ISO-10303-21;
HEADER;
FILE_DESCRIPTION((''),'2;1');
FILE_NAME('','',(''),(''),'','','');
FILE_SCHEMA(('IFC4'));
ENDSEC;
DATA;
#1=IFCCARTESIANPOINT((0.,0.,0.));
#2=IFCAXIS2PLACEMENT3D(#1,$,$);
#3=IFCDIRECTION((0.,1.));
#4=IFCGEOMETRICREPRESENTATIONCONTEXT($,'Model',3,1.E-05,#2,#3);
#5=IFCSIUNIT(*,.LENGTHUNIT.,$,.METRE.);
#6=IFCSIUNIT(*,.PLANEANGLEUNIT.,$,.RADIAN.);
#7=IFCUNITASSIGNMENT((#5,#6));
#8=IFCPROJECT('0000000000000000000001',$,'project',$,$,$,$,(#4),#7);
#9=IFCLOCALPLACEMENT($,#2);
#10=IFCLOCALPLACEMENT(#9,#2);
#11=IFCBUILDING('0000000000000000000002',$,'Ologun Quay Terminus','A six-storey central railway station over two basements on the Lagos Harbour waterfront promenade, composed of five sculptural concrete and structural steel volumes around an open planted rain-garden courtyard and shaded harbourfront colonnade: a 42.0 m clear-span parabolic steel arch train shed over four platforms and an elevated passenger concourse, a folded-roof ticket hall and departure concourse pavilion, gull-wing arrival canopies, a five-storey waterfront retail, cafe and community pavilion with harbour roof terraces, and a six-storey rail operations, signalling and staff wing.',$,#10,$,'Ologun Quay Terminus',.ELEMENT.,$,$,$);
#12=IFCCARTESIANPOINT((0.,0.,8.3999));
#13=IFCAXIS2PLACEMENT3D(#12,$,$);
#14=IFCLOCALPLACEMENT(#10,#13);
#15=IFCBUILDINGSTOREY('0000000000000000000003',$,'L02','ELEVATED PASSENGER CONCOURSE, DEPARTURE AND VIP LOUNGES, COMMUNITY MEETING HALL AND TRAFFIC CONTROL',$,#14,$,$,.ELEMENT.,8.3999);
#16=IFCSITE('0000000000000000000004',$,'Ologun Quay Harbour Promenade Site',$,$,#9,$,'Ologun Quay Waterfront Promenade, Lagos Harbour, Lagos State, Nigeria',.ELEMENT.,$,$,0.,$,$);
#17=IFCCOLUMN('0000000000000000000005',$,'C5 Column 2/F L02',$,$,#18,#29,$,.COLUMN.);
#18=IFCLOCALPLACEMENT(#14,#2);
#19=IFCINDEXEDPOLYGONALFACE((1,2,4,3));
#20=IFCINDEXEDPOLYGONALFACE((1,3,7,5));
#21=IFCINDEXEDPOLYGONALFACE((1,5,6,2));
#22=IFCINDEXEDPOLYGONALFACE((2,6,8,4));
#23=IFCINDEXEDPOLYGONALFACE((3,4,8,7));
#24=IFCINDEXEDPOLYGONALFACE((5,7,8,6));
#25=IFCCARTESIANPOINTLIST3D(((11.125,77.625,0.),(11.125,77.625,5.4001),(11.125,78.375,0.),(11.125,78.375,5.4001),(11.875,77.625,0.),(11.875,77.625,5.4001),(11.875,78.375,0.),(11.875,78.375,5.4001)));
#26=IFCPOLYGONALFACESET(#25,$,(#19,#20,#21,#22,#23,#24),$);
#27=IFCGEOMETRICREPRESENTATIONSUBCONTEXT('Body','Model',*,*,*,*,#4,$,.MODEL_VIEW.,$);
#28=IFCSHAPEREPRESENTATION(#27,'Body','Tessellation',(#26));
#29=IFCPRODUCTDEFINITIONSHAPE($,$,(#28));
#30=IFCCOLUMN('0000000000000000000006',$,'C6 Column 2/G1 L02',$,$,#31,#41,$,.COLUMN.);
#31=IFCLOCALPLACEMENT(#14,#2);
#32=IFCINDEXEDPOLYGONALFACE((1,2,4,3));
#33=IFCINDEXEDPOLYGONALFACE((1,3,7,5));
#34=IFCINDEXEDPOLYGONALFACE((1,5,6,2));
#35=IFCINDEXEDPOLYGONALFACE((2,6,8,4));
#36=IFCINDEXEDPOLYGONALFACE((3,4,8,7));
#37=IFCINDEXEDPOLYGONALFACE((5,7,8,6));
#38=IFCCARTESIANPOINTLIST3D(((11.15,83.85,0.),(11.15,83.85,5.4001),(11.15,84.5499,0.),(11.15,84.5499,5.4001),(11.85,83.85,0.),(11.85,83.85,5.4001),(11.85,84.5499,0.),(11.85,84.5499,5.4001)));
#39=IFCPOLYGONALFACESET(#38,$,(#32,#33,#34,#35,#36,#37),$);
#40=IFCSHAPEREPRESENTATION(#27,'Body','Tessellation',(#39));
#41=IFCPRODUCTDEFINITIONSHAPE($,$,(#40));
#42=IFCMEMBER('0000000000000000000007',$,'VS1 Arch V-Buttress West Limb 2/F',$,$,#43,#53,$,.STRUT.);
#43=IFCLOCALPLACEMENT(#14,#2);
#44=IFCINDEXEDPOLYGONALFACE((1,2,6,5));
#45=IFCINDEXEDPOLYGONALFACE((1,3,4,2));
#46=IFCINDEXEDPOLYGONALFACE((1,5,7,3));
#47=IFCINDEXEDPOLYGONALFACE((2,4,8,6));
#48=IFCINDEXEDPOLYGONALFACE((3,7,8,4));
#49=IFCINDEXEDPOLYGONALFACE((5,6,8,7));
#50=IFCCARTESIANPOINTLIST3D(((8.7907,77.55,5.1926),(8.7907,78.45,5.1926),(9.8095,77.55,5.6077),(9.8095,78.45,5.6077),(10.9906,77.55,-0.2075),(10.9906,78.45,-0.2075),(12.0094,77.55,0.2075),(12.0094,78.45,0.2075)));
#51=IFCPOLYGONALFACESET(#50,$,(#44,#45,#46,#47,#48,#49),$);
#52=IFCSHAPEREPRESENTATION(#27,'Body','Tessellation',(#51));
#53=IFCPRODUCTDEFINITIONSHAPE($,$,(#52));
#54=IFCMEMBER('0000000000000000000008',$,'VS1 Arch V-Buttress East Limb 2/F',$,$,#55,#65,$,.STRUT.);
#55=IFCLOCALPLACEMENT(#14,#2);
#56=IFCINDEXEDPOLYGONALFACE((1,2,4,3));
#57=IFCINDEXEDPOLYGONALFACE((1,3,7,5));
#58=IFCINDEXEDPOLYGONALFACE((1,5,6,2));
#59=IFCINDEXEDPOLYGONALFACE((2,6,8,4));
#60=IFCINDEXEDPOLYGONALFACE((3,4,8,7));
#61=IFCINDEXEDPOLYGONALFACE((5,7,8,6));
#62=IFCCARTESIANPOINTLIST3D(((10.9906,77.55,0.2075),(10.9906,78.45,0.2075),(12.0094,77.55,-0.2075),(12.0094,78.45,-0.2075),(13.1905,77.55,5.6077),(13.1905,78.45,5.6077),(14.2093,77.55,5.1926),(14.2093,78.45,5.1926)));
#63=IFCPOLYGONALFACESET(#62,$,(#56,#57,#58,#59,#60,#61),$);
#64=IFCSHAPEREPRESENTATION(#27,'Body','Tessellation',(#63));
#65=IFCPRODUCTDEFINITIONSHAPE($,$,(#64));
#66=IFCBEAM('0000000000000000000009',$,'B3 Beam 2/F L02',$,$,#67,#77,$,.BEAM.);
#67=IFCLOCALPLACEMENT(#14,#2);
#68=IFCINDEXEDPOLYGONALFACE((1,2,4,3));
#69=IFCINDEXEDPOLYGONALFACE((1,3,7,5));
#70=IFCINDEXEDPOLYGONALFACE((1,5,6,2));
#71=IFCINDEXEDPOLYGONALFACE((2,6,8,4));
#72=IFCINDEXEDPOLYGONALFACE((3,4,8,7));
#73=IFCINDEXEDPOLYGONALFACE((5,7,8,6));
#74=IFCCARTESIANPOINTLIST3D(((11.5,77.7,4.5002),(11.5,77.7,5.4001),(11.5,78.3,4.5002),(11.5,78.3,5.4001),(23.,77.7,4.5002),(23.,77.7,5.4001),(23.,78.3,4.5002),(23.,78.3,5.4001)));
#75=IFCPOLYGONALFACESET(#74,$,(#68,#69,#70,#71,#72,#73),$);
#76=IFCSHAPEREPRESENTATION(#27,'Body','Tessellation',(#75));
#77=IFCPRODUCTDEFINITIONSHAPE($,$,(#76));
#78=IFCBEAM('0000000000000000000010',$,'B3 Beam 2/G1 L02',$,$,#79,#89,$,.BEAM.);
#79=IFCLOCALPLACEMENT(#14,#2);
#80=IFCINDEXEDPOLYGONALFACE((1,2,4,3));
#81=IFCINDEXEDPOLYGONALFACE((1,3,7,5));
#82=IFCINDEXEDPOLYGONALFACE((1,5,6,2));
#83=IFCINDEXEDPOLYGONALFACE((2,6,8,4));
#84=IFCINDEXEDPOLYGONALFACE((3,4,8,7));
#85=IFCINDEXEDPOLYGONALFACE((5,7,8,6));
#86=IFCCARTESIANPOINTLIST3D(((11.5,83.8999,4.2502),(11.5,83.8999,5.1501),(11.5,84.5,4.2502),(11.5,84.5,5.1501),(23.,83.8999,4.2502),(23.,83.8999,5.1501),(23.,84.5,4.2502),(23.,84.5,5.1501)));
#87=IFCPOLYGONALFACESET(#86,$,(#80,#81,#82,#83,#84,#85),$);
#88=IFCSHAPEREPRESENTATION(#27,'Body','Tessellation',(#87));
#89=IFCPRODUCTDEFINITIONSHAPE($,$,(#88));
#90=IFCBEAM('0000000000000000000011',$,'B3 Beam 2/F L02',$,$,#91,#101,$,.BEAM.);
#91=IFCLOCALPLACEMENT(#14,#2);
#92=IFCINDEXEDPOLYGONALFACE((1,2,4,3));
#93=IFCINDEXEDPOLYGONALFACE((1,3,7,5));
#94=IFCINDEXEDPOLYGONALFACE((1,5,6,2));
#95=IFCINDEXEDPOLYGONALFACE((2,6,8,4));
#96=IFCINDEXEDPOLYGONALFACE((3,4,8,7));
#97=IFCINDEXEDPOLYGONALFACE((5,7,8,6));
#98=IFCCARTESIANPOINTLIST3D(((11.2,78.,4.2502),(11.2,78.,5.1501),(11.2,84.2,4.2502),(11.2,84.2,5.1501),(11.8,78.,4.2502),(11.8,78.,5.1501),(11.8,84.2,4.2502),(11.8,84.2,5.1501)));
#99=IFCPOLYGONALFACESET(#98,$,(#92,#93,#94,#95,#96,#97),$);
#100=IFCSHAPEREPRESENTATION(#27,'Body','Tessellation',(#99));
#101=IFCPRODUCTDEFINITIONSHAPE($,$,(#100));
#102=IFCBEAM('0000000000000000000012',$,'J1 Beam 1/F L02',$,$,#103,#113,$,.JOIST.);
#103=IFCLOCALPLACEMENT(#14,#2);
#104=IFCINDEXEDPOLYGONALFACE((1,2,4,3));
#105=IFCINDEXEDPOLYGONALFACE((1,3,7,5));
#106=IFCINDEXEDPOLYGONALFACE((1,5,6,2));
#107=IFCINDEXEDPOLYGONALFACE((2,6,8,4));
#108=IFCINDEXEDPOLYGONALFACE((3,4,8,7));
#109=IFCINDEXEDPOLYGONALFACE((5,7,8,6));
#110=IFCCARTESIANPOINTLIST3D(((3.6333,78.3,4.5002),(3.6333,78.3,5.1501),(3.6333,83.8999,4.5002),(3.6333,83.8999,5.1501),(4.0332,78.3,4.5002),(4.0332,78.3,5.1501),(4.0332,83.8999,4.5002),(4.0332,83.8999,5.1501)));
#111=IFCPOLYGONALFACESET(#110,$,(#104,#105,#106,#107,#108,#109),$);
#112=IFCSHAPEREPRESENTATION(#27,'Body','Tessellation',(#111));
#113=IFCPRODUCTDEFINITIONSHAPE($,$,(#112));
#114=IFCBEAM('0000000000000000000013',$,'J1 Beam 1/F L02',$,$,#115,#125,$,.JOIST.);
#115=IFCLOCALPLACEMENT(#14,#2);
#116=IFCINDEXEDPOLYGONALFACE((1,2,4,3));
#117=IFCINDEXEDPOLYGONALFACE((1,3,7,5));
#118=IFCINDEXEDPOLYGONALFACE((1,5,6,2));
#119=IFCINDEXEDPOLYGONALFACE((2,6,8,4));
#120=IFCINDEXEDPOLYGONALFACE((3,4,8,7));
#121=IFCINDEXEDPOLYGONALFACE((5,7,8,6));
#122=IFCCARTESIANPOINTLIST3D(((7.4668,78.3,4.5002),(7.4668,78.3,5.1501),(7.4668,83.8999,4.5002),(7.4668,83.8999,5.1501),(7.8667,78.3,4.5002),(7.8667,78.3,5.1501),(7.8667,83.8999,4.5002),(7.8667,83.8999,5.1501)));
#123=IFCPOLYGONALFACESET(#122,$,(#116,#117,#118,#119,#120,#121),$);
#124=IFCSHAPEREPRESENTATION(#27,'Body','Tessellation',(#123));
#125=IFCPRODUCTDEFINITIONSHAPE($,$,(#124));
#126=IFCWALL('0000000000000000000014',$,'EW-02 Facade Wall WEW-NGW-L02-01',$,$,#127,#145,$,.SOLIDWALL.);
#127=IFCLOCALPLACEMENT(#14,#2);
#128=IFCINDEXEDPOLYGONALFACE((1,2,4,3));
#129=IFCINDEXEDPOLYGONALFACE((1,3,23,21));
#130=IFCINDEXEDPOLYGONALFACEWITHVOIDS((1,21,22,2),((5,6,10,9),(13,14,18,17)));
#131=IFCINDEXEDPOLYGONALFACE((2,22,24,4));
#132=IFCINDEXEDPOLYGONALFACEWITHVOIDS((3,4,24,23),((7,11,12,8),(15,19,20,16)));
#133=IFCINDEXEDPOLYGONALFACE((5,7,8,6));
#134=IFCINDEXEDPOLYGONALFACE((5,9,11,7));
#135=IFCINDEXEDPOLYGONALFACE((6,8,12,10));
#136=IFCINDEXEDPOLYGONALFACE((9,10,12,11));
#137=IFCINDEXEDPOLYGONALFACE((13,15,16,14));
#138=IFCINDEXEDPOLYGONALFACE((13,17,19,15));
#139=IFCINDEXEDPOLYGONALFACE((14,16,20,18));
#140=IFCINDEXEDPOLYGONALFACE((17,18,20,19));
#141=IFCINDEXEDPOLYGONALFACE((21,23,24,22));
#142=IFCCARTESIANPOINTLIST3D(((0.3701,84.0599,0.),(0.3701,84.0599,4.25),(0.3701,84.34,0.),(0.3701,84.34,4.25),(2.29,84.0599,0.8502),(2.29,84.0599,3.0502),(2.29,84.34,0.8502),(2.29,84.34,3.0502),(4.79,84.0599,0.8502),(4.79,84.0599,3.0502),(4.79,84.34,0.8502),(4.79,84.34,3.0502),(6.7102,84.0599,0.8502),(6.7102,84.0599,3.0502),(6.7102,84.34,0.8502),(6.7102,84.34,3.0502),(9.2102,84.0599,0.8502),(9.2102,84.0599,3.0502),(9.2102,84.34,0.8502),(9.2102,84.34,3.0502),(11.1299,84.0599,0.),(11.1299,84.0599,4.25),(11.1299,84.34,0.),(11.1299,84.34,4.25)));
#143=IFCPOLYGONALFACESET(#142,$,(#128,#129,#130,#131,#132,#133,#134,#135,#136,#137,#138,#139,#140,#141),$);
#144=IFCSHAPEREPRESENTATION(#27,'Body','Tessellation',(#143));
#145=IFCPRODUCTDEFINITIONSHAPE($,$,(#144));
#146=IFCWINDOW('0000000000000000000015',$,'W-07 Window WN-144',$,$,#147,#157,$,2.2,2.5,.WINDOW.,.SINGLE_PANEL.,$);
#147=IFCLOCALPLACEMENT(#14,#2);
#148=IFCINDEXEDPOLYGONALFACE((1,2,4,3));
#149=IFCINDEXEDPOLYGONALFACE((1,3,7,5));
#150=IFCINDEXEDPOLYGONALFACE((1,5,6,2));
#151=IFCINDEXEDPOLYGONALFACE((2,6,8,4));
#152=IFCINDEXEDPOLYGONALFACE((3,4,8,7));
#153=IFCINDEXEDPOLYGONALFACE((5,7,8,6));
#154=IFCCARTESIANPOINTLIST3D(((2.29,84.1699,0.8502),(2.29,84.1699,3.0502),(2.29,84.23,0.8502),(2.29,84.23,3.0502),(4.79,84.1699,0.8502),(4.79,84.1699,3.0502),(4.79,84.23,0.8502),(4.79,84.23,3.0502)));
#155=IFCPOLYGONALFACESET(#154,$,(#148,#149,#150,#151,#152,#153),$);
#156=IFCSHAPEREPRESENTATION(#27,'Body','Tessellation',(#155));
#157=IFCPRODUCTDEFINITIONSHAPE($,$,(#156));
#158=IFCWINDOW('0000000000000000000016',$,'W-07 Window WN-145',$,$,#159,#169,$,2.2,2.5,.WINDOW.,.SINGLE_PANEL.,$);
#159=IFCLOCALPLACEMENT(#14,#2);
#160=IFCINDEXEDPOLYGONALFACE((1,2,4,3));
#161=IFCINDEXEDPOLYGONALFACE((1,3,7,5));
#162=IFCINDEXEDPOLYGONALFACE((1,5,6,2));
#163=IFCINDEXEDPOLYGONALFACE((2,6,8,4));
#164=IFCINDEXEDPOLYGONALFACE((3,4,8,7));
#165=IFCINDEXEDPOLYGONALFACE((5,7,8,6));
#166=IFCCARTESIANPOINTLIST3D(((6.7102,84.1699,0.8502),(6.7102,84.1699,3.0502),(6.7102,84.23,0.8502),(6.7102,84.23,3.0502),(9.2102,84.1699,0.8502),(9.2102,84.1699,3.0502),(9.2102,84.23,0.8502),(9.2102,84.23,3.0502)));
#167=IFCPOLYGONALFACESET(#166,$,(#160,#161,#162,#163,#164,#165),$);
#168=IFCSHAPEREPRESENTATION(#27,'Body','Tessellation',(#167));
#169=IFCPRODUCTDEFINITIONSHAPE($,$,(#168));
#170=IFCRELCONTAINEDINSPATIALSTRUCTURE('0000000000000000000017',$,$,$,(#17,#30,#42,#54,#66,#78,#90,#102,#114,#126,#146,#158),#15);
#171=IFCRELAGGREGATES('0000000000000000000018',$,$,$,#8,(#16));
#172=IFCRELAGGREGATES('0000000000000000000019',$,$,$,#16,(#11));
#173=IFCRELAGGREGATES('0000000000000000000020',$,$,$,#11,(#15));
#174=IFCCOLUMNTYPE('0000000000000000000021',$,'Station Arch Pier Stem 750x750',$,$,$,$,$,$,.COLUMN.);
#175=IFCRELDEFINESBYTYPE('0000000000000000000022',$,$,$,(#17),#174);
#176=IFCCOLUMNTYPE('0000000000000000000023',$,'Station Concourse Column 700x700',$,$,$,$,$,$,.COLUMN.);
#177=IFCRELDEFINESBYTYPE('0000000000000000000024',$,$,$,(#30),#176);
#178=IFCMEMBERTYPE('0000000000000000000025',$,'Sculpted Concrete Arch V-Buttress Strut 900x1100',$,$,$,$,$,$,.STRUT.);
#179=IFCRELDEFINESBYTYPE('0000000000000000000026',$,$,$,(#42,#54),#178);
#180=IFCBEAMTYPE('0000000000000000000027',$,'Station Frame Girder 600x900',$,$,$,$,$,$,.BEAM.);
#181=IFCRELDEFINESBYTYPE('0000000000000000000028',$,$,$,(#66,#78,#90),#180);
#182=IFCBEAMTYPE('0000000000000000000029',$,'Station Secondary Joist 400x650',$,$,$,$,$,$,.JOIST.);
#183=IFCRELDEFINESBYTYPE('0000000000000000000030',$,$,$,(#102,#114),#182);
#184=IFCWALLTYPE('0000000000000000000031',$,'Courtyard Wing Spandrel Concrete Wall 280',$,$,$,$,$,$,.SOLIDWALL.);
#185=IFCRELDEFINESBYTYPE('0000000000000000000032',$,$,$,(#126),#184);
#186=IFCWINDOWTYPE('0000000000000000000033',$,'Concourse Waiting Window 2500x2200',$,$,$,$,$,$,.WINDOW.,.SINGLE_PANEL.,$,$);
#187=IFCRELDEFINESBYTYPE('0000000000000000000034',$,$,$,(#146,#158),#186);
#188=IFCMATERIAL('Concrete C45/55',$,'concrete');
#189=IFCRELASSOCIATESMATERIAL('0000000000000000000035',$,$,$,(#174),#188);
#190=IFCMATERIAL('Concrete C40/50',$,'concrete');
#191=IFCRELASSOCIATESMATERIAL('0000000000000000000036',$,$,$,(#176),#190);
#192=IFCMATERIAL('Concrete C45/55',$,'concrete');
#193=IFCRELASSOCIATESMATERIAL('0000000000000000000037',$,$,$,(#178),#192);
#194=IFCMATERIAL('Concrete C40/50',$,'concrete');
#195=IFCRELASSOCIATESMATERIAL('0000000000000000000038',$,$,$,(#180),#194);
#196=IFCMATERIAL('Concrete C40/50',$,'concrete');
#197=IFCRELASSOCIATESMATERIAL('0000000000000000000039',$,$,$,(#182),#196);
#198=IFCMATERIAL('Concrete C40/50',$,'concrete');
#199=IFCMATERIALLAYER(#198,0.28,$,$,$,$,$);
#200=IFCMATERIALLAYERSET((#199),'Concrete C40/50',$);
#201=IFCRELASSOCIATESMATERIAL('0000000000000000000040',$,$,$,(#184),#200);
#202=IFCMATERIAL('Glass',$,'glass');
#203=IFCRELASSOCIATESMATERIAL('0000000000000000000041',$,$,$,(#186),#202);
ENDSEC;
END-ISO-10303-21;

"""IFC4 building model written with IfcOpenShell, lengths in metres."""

from ifc_helpers import new_model, si_unit, direction, frame, frame_2d, origin, origin_2d, place, context, subcontext, project, spatial, rectangle, extrude, material, layer, layer_set, material_profile, profile_set, type_object, element, fill, save


model = new_model("IFC4")

# Units and contexts
model_context = context("Model", 3, precision=1e-05, world=origin(), true_north=direction((0.0, 1.0)))
body_context = subcontext(model_context, "Body", "Model", "MODEL_VIEW")
ifc_project = project(units=[si_unit("LENGTHUNIT", "METRE"), si_unit("PLANEANGLEUNIT", "RADIAN")], contexts=[model_context])

# Site, building, storey
site_placement = place(None, origin())
site = spatial("IfcSite", under=ifc_project, at=site_placement, Name="Ologun Quay Harbour Promenade Site", LongName="Ologun Quay Waterfront Promenade, Lagos Harbour, Lagos State, Nigeria", CompositionType="ELEMENT", RefElevation=0.0)
building_placement = place(site_placement, origin())
building = spatial("IfcBuilding", under=site, at=building_placement, Name="Ologun Quay Terminus", Description="A six-storey central railway station over two basements on the Lagos Harbour waterfront promenade, composed of five sculptural concrete and structural steel volumes around an open planted rain-garden courtyard and shaded harbourfront colonnade: a 42.0 m clear-span parabolic steel arch train shed over four platforms and an elevated passenger concourse, a folded-roof ticket hall and departure concourse pavilion, gull-wing arrival canopies, a five-storey waterfront retail, cafe and community pavilion with harbour roof terraces, and a six-storey rail operations, signalling and staff wing.", LongName="Ologun Quay Terminus", CompositionType="ELEMENT")
storey_placement = place(building_placement, frame((0.0, 0.0, 8.3999)))
storey = spatial("IfcBuildingStorey", under=building, at=storey_placement, Name="L02", Description="ELEVATED PASSENGER CONCOURSE, DEPARTURE AND VIP LOUNGES, COMMUNITY MEETING HALL AND TRAFFIC CONTROL", CompositionType="ELEMENT", Elevation=8.3999)

# Columns
ifc_material_1 = material(Name="Concrete C45/55", Category="concrete")
ifc_material_profile_1 = material_profile(ifc_material_1, rectangle(XDim=0.75, YDim=0.75, at=origin_2d()), Name="RC 750x750")
ifc_profile_set_1 = profile_set([ifc_material_profile_1], Name="Concrete C45/55")
column_type_1 = type_object("IfcColumnType", Name="Station Arch Pier Stem 750x750", PredefinedType="COLUMN", material=ifc_profile_set_1)
column_1_placement = place(storey_placement, frame((11.5, 78.0, 0.0), z_axis=(0.0, 0.0, 1.0), x_axis=(1.0, 0.0, 0.0)))
element("IfcColumn", 1, at=column_1_placement, inside=storey, type_object=column_type_1, Name="C5 Column 2/F L02", PredefinedType="COLUMN", context=body_context, shape_type="SweptSolid", body=[
    extrude(rectangle(XDim=0.75, YDim=0.75, at=origin_2d()), origin(), (0.0, 0.0, 1.0), 5.4001),
])
ifc_material_2 = material(Name="Concrete C40/50", Category="concrete")
ifc_material_profile_2 = material_profile(ifc_material_2, rectangle(XDim=0.7, YDim=0.7, at=origin_2d()), Name="RC 700x700")
ifc_profile_set_2 = profile_set([ifc_material_profile_2], Name="Concrete C40/50")
column_type_2 = type_object("IfcColumnType", Name="Station Concourse Column 700x700", PredefinedType="COLUMN", material=ifc_profile_set_2)
column_2_placement = place(storey_placement, frame((11.5, 84.2, 0.0), z_axis=(0.0, 0.0, 1.0), x_axis=(1.0, 0.0, 0.0)))
element("IfcColumn", 2, at=column_2_placement, inside=storey, type_object=column_type_2, Name="C6 Column 2/G1 L02", PredefinedType="COLUMN", context=body_context, shape_type="SweptSolid", body=[
    extrude(rectangle(XDim=0.7, YDim=0.7, at=origin_2d()), origin(), (0.0, 0.0, 1.0), 5.4001),
])

# Members
ifc_material_3 = material(Name="Concrete C45/55", Category="concrete")
ifc_material_profile_3 = material_profile(ifc_material_3, rectangle(XDim=0.8999, YDim=1.1001, at=origin_2d()), Name="RC 900x1100")
ifc_profile_set_3 = profile_set([ifc_material_profile_3], Name="Concrete C45/55")
member_type = type_object("IfcMemberType", Name="Sculpted Concrete Arch V-Buttress Strut 900x1100", PredefinedType="STRUT", material=ifc_profile_set_3)
for number, where, z_axis, x_axis, name in (
    (3, (11.5, 78.0, 0.0), (-0.377281, 0.0, 0.926099), (0.0, -1.0, 0.0), "VS1 Arch V-Buttress West Limb 2/F"),
    (4, (11.5, 78.0, 0.0), (0.377281, 0.0, 0.926099), (0.0, 1.0, 0.0), "VS1 Arch V-Buttress East Limb 2/F"),
):
    element("IfcMember", number, at=place(storey_placement, frame(where, z_axis=z_axis, x_axis=x_axis)), inside=storey, type_object=member_type, Name=name, PredefinedType="STRUT", context=body_context, shape_type="SweptSolid", body=[
        extrude(rectangle(XDim=0.8999, YDim=1.1001, at=origin_2d()), origin(), (0.0, 0.0, 1.0), 5.8311),
    ])

# Beams
ifc_material_4 = material(Name="Concrete C40/50", Category="concrete")
ifc_material_profile_4 = material_profile(ifc_material_4, rectangle(XDim=0.6001, YDim=0.8999, at=origin_2d()), Name="RC 600x900")
ifc_profile_set_4 = profile_set([ifc_material_profile_4], Name="Concrete C40/50")
beam_type_1 = type_object("IfcBeamType", Name="Station Frame Girder 600x900", PredefinedType="BEAM", material=ifc_profile_set_4)
for number, where, z_axis, x_axis, name in (
    (5, (11.5, 78.0, 4.9502), (1.0, 0.0, 0.0), (0.0, 1.0, 0.0), "B3 Beam 2/F L02"),
    (6, (11.5, 84.2, 4.7002), (1.0, 0.0, 0.0), (0.0, 1.0, 0.0), "B3 Beam 2/G1 L02"),
):
    element("IfcBeam", number, at=place(storey_placement, frame(where, z_axis=z_axis, x_axis=x_axis)), inside=storey, type_object=beam_type_1, Name=name, PredefinedType="BEAM", context=body_context, shape_type="SweptSolid", body=[
        extrude(rectangle(XDim=0.6001, YDim=0.8999, at=origin_2d()), origin(), (0.0, 0.0, 1.0), 11.5),
    ])
beam_placement = place(storey_placement, frame((11.5, 78.0, 4.7002), z_axis=(0.0, 1.0, 0.0), x_axis=(-1.0, 0.0, 0.0)))
element("IfcBeam", 7, at=beam_placement, inside=storey, type_object=beam_type_1, Name="B3 Beam 2/F L02", PredefinedType="BEAM", context=body_context, shape_type="SweptSolid", body=[
    extrude(rectangle(XDim=0.6001, YDim=0.8999, at=origin_2d()), origin(), (0.0, 0.0, 1.0), 6.2),
])
ifc_material_5 = material(Name="Concrete C40/50", Category="concrete")
ifc_material_profile_5 = material_profile(ifc_material_5, rectangle(XDim=0.3999, YDim=0.6499, at=origin_2d()), Name="RC 400x650")
ifc_profile_set_5 = profile_set([ifc_material_profile_5], Name="Concrete C40/50")
beam_type_2 = type_object("IfcBeamType", Name="Station Secondary Joist 400x650", PredefinedType="JOIST", material=ifc_profile_set_5)
for number, where, z_axis, x_axis, name in (
    (8, (3.8333, 78.3, 4.8252), (0.0, 1.0, 0.0), (-1.0, 0.0, 0.0), "J1 Beam 1/F L02"),
    (9, (7.6667, 78.3, 4.8252), (0.0, 1.0, 0.0), (-1.0, 0.0, 0.0), "J1 Beam 1/F L02"),
):
    element("IfcBeam", number, at=place(storey_placement, frame(where, z_axis=z_axis, x_axis=x_axis)), inside=storey, type_object=beam_type_2, Name=name, PredefinedType="JOIST", context=body_context, shape_type="SweptSolid", body=[
        extrude(rectangle(XDim=0.3999, YDim=0.6499, at=origin_2d()), origin(), (0.0, 0.0, 1.0), 5.5999),
    ])

# Wall, openings, windows
ifc_material_6 = material(Name="Concrete C40/50", Category="concrete")
ifc_layer_1 = layer(ifc_material_6, 0.28)
ifc_layer_set_1 = layer_set([ifc_layer_1], Name="Concrete C40/50")
wall_type_1 = type_object("IfcWallType", Name="Courtyard Wing Spandrel Concrete Wall 280", PredefinedType="SOLIDWALL", material=ifc_layer_set_1)
wall_1_placement = place(storey_placement, frame((0.3701, 84.2, 0.0), z_axis=(0.0, 0.0, 1.0), x_axis=(1.0, 0.0, 0.0)))
wall_1 = element("IfcWall", 10, at=wall_1_placement, inside=storey, type_object=wall_type_1, Name="EW-02 Facade Wall WEW-NGW-L02-01", PredefinedType="SOLIDWALL", context=body_context, shape_type="SweptSolid", body=[
    extrude(rectangle(XDim=10.7598, YDim=0.28, at=frame_2d((5.3799, 0.0))), origin(), (0.0, 0.0, 1.0), 4.25),
])
opening_1_placement = place(wall_1_placement, frame((1.9199, 0.0, 0.8501)))
opening_1 = element("IfcOpeningElement", 11, at=opening_1_placement, cuts=wall_1, PredefinedType="OPENING", context=body_context, shape_type="SweptSolid", body=[
    extrude(rectangle(XDim=2.5, YDim=2.2, at=frame_2d((1.25, 1.1001))), frame((0.0, 0.1499, 0.0), z_axis=(0.0, -1.0, 0.0), x_axis=(1.0, 0.0, 0.0)), (0.0, 0.0, 1.0), 0.3),
])
opening_2_placement = place(wall_1_placement, frame((6.3401, 0.0, 0.8501)))
opening_2 = element("IfcOpeningElement", 12, at=opening_2_placement, cuts=wall_1, PredefinedType="OPENING", context=body_context, shape_type="SweptSolid", body=[
    extrude(rectangle(XDim=2.5, YDim=2.2, at=frame_2d((1.25, 1.1001))), frame((0.0, 0.1499, 0.0), z_axis=(0.0, -1.0, 0.0), x_axis=(1.0, 0.0, 0.0)), (0.0, 0.0, 1.0), 0.3),
])
ifc_material_7 = material(Name="Glass", Category="glass")
window_type = type_object("IfcWindowType", Name="Concourse Waiting Window 2500x2200", PartitioningType="SINGLE_PANEL", PredefinedType="WINDOW", material=ifc_material_7)
window_1_placement = place(opening_1_placement, origin())
window_1 = element("IfcWindow", 13, at=window_1_placement, inside=storey, type_object=window_type, Name="W-07 Window WN-144", OverallHeight=2.2, OverallWidth=2.5, PartitioningType="SINGLE_PANEL", PredefinedType="WINDOW", context=body_context, shape_type="SweptSolid", body=[
    extrude(rectangle(XDim=2.5, YDim=2.2, at=frame_2d((1.25, 1.1001))), frame((0.0, 0.03, 0.0), z_axis=(0.0, -1.0, 0.0), x_axis=(1.0, 0.0, 0.0)), (0.0, 0.0, 1.0), 0.0601),
])
fill(opening_1, window_1)
window_2_placement = place(opening_2_placement, origin())
window_2 = element("IfcWindow", 14, at=window_2_placement, inside=storey, type_object=window_type, Name="W-07 Window WN-145", OverallHeight=2.2, OverallWidth=2.5, PartitioningType="SINGLE_PANEL", PredefinedType="WINDOW", context=body_context, shape_type="SweptSolid", body=[
    extrude(rectangle(XDim=2.5, YDim=2.2, at=frame_2d((1.25, 1.1001))), frame((0.0, 0.03, 0.0), z_axis=(0.0, -1.0, 0.0), x_axis=(1.0, 0.0, 0.0)), (0.0, 0.0, 1.0), 0.0601),
])
fill(opening_2, window_2)

save(model, "model.ifc")
